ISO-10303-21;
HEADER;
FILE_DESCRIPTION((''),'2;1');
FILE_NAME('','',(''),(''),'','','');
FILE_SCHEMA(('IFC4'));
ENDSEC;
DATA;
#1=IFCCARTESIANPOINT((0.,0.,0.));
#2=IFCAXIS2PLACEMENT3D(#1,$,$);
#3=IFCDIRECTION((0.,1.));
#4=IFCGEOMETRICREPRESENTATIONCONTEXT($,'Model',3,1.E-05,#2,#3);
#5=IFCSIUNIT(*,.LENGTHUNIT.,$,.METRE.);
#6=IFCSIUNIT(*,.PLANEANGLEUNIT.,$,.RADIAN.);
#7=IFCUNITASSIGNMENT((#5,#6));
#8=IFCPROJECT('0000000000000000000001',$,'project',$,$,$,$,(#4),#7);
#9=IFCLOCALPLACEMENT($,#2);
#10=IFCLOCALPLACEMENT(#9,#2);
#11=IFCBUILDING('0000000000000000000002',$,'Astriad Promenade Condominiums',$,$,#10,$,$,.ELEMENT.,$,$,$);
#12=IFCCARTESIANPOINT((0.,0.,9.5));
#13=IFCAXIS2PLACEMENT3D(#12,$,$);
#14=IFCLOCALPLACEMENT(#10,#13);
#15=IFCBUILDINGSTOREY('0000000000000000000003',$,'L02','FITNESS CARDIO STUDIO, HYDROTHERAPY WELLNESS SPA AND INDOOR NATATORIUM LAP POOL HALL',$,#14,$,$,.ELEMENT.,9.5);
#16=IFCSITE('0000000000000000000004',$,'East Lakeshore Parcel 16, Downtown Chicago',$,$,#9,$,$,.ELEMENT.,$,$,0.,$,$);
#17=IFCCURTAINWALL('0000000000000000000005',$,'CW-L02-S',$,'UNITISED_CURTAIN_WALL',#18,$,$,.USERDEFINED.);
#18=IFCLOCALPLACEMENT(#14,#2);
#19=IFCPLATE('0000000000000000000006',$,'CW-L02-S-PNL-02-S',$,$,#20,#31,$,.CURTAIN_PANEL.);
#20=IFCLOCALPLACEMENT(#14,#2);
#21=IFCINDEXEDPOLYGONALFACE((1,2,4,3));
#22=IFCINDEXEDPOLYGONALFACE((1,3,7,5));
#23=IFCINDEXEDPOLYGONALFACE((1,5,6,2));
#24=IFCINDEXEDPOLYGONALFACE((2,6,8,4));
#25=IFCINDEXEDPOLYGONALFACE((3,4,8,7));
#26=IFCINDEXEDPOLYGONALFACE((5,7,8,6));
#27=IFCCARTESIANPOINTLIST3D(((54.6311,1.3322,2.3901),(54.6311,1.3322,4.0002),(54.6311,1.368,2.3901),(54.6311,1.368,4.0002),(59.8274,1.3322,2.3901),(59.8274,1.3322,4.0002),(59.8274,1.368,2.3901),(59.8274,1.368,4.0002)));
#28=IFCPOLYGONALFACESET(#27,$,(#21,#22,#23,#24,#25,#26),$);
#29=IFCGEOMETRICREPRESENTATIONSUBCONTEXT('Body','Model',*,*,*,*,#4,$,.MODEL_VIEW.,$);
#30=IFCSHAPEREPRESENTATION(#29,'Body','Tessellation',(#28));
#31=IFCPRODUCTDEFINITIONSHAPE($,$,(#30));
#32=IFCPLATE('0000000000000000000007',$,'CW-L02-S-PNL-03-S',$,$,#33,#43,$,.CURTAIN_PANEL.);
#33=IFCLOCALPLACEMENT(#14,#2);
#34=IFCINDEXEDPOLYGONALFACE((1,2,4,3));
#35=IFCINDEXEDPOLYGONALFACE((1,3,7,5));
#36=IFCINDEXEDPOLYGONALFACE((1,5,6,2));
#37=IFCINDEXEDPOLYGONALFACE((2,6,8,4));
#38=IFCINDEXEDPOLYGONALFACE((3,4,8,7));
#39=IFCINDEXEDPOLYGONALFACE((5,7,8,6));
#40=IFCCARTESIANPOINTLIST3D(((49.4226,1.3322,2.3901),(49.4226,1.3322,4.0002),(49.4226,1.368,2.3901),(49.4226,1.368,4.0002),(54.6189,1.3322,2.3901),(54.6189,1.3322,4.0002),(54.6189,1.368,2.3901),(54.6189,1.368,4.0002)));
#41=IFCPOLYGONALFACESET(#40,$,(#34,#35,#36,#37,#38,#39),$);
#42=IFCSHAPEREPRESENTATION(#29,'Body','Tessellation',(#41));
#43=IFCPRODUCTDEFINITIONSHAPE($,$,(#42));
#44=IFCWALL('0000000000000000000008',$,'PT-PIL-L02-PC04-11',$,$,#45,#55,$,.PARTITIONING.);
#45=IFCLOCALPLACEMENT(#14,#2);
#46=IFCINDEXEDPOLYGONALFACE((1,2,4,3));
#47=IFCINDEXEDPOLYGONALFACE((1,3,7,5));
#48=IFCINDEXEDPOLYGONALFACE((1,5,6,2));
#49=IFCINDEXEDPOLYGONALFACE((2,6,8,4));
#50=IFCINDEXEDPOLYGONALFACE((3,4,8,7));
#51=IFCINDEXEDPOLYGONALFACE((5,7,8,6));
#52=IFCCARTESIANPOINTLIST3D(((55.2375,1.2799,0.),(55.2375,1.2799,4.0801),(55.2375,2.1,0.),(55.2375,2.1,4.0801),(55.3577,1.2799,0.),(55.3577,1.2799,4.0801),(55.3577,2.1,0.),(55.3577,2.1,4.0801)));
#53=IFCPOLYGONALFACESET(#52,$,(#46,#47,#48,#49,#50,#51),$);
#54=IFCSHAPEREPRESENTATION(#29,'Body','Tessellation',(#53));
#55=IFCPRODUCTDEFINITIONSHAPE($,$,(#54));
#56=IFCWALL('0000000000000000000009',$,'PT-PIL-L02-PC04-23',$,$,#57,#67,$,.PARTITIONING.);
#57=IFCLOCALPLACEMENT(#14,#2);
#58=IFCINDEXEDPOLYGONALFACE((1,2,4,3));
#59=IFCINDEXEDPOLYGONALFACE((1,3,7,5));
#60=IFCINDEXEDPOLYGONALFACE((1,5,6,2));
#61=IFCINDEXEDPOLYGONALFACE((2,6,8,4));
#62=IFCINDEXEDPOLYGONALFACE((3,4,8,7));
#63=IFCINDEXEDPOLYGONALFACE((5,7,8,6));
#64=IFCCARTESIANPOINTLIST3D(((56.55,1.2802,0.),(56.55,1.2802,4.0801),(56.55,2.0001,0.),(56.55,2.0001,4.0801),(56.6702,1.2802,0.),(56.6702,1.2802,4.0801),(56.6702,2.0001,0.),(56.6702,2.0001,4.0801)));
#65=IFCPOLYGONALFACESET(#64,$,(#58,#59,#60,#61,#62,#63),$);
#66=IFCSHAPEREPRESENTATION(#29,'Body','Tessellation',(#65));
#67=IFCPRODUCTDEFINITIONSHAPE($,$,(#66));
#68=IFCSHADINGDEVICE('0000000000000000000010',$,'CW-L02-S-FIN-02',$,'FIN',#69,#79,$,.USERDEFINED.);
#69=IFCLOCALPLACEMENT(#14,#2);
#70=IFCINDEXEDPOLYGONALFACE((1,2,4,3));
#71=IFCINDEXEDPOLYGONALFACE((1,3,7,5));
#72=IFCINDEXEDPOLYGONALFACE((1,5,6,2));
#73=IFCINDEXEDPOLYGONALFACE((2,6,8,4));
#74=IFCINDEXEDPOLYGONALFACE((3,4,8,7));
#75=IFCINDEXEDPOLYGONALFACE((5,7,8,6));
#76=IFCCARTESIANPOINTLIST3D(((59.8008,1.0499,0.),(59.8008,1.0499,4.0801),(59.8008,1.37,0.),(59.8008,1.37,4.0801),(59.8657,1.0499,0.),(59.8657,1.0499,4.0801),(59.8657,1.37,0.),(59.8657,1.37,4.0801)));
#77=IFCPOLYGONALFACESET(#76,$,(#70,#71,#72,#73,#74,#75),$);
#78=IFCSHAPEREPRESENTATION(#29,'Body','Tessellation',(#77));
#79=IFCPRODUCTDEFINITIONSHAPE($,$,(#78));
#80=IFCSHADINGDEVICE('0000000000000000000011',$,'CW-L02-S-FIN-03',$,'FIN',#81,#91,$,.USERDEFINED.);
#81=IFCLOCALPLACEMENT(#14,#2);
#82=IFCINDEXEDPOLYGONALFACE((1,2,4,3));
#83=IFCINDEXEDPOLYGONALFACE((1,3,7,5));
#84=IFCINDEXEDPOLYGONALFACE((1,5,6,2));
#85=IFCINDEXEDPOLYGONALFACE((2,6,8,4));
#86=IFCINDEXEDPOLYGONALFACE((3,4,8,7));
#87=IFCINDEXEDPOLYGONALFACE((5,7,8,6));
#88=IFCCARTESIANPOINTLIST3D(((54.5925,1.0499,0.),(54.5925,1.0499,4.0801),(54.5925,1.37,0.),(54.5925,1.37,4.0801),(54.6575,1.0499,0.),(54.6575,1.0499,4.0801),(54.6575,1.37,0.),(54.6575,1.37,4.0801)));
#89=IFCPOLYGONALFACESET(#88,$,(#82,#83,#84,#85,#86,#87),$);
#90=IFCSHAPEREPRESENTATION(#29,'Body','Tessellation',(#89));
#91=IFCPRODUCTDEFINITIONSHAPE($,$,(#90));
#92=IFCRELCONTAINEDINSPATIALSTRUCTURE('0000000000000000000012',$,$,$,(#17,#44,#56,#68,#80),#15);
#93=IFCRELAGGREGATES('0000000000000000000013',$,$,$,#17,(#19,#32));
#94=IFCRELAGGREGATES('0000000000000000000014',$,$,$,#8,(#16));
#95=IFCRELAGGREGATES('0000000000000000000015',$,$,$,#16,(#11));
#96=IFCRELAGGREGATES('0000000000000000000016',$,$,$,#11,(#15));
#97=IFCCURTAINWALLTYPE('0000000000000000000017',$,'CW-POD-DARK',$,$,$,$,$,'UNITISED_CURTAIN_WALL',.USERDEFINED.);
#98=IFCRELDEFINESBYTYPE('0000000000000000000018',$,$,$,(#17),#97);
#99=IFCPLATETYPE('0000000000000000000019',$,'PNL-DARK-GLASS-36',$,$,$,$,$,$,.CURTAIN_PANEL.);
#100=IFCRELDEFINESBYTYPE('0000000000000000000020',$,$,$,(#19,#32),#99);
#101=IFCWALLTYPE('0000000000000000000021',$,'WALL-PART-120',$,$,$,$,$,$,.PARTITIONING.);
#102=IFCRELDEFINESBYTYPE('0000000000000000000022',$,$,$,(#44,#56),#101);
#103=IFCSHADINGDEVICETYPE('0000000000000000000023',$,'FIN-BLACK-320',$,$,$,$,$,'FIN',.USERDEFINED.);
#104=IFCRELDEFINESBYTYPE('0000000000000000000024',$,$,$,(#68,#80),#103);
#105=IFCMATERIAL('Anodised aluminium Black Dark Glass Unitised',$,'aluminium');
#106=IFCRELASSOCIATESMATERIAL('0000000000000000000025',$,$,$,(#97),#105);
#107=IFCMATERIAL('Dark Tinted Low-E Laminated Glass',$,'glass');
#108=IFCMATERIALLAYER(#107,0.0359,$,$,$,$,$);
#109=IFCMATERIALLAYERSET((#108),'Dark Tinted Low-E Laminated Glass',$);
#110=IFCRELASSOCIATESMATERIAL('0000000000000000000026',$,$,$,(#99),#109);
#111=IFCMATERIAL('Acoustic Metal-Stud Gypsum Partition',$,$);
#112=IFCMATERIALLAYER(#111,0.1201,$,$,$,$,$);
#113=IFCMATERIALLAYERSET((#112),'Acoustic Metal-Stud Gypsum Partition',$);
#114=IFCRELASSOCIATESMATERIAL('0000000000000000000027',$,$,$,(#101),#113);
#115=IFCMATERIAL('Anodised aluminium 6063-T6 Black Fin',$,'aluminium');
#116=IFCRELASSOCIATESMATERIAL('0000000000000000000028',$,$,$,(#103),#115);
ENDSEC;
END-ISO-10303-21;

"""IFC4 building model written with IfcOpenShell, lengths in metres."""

from ifc_helpers import new_model, si_unit, direction, frame, frame_2d, origin, origin_2d, place, context, subcontext, project, spatial, rectangle, extrude, source, transform, mapped, material, layer, layer_set, type_object, type_shapes, element, aggregate, save


model = new_model("IFC4")

# Units and contexts
model_context = context("Model", 3, precision=1e-05, world=origin(), true_north=direction((0.0, 1.0)))
body_context = subcontext(model_context, "Body", "Model", "MODEL_VIEW")
ifc_project = project(units=[si_unit("LENGTHUNIT", "METRE"), si_unit("PLANEANGLEUNIT", "RADIAN")], contexts=[model_context])

# Site, building, storey
site_placement = place(None, origin())
site = spatial("IfcSite", under=ifc_project, at=site_placement, Name="East Lakeshore Parcel 16, Downtown Chicago", CompositionType="ELEMENT", RefElevation=0.0)
building_placement = place(site_placement, origin())
building = spatial("IfcBuilding", under=site, at=building_placement, Name="Astriad Promenade Condominiums", CompositionType="ELEMENT")
storey_placement = place(building_placement, frame((0.0, 0.0, 9.5)))
storey = spatial("IfcBuildingStorey", under=building, at=storey_placement, Name="L02", Description="FITNESS CARDIO STUDIO, HYDROTHERAPY WELLNESS SPA AND INDOOR NATATORIUM LAP POOL HALL", CompositionType="ELEMENT", Elevation=9.5)

# Curtain wall
ifc_material_1 = material(Name="Anodised aluminium Black Dark Glass Unitised", Category="aluminium")
curtain_wall_type = type_object("IfcCurtainWallType", Name="CW-POD-DARK", ElementType="UNITISED_CURTAIN_WALL", PredefinedType="USERDEFINED", material=ifc_material_1)
curtain_wall_placement = place(storey_placement, origin())
curtain_wall = element("IfcCurtainWall", 1, at=curtain_wall_placement, inside=storey, type_object=curtain_wall_type, Name="CW-L02-S", ObjectType="UNITISED_CURTAIN_WALL", PredefinedType="USERDEFINED")

# Plates
ifc_material_2 = material(Name="Dark Tinted Low-E Laminated Glass", Category="glass")
ifc_layer_1 = layer(ifc_material_2, 0.0359)
ifc_layer_set_1 = layer_set([ifc_layer_1], Name="Dark Tinted Low-E Laminated Glass")
plate_type_1 = type_object("IfcPlateType", Name="PNL-DARK-GLASS-36", PredefinedType="CURTAIN_PANEL", material=ifc_layer_set_1)
shared_shape_1 = source(origin(), body_context, "Body", "SweptSolid", [
    extrude(rectangle(XDim=5.1963, YDim=0.0359, at=origin_2d()), origin(), (0.0, 0.0, 1.0), 1.6101),
])
plate_1_placement = place(storey_placement, frame((57.2292, 1.3501, 2.3901), z_axis=(0.0, 0.0, 1.0), x_axis=(-1.0, 0.0, 0.0)))
plate_1 = element("IfcPlate", 2, at=plate_1_placement, type_object=plate_type_1, Name="CW-L02-S-PNL-02-S", PredefinedType="CURTAIN_PANEL", context=body_context, shape_type="MappedRepresentation", body=[
    mapped(shared_shape_1, transform((0.0, 0.0, 0.0), scale=1.0)),
])
plate_2_placement = place(storey_placement, frame((52.0208, 1.3501, 2.3901), z_axis=(0.0, 0.0, 1.0), x_axis=(-1.0, 0.0, 0.0)))
plate_2 = element("IfcPlate", 3, at=plate_2_placement, type_object=plate_type_1, Name="CW-L02-S-PNL-03-S", PredefinedType="CURTAIN_PANEL", context=body_context, shape_type="MappedRepresentation", body=[
    mapped(shared_shape_1, transform((0.0, 0.0, 0.0), scale=1.0)),
])
aggregate(curtain_wall, [plate_1, plate_2])

# Walls
ifc_material_3 = material(Name="Acoustic Metal-Stud Gypsum Partition")
ifc_layer_2 = layer(ifc_material_3, 0.1201)
ifc_layer_set_2 = layer_set([ifc_layer_2], Name="Acoustic Metal-Stud Gypsum Partition")
wall_type = type_object("IfcWallType", Name="WALL-PART-120", PredefinedType="PARTITIONING", material=ifc_layer_set_2)
wall_1_placement = place(storey_placement, frame((55.2976, 2.1001, 0.0), z_axis=(0.0, 0.0, 1.0), x_axis=(0.0, -1.0, 0.0)))
element("IfcWall", 4, at=wall_1_placement, inside=storey, type_object=wall_type, Name="PT-PIL-L02-PC04-11", PredefinedType="PARTITIONING", context=body_context, shape_type="SweptSolid", body=[
    extrude(rectangle(XDim=0.8201, YDim=0.1201, at=frame_2d((0.4102, 0.0))), origin(), (0.0, 0.0, 1.0), 4.0801),
])
wall_2_placement = place(storey_placement, frame((56.6101, 2.0, 0.0), z_axis=(0.0, 0.0, 1.0), x_axis=(0.0, -1.0, 0.0)))
element("IfcWall", 5, at=wall_2_placement, inside=storey, type_object=wall_type, Name="PT-PIL-L02-PC04-23", PredefinedType="PARTITIONING", context=body_context, shape_type="SweptSolid", body=[
    extrude(rectangle(XDim=0.72, YDim=0.1201, at=frame_2d((0.3599, 0.0))), origin(), (0.0, 0.0, 1.0), 4.0801),
])

# Shading devices
ifc_material_4 = material(Name="Anodised aluminium 6063-T6 Black Fin", Category="aluminium")
shading_device_type = type_object("IfcShadingDeviceType", Name="FIN-BLACK-320", ElementType="FIN", PredefinedType="USERDEFINED", material=ifc_material_4)
shared_shape_2 = source(origin(), body_context, "Body", "SweptSolid", [
    extrude(rectangle(XDim=0.0649, YDim=0.3201, at=origin_2d()), origin(), (0.0, 0.0, 1.0), 4.0801),
])
type_shapes(shading_device_type, [shared_shape_2])
for number, where, z_axis, x_axis, name in (
    (6, (59.8333, 1.21, 0.0), (0.0, 0.0, 1.0), (-1.0, 0.0, 0.0), "CW-L02-S-FIN-02"),
    (7, (54.625, 1.21, 0.0), (0.0, 0.0, 1.0), (-1.0, 0.0, 0.0), "CW-L02-S-FIN-03"),
):
    element("IfcShadingDevice", number, at=place(storey_placement, frame(where, z_axis=z_axis, x_axis=x_axis)), inside=storey, type_object=shading_device_type, Name=name, ObjectType="FIN", PredefinedType="USERDEFINED", context=body_context, shape_type="MappedRepresentation", body=[
        mapped(shared_shape_2, transform((0.0, 0.0, 0.0), scale=1.0)),
    ])

save(model, "model.ifc")
